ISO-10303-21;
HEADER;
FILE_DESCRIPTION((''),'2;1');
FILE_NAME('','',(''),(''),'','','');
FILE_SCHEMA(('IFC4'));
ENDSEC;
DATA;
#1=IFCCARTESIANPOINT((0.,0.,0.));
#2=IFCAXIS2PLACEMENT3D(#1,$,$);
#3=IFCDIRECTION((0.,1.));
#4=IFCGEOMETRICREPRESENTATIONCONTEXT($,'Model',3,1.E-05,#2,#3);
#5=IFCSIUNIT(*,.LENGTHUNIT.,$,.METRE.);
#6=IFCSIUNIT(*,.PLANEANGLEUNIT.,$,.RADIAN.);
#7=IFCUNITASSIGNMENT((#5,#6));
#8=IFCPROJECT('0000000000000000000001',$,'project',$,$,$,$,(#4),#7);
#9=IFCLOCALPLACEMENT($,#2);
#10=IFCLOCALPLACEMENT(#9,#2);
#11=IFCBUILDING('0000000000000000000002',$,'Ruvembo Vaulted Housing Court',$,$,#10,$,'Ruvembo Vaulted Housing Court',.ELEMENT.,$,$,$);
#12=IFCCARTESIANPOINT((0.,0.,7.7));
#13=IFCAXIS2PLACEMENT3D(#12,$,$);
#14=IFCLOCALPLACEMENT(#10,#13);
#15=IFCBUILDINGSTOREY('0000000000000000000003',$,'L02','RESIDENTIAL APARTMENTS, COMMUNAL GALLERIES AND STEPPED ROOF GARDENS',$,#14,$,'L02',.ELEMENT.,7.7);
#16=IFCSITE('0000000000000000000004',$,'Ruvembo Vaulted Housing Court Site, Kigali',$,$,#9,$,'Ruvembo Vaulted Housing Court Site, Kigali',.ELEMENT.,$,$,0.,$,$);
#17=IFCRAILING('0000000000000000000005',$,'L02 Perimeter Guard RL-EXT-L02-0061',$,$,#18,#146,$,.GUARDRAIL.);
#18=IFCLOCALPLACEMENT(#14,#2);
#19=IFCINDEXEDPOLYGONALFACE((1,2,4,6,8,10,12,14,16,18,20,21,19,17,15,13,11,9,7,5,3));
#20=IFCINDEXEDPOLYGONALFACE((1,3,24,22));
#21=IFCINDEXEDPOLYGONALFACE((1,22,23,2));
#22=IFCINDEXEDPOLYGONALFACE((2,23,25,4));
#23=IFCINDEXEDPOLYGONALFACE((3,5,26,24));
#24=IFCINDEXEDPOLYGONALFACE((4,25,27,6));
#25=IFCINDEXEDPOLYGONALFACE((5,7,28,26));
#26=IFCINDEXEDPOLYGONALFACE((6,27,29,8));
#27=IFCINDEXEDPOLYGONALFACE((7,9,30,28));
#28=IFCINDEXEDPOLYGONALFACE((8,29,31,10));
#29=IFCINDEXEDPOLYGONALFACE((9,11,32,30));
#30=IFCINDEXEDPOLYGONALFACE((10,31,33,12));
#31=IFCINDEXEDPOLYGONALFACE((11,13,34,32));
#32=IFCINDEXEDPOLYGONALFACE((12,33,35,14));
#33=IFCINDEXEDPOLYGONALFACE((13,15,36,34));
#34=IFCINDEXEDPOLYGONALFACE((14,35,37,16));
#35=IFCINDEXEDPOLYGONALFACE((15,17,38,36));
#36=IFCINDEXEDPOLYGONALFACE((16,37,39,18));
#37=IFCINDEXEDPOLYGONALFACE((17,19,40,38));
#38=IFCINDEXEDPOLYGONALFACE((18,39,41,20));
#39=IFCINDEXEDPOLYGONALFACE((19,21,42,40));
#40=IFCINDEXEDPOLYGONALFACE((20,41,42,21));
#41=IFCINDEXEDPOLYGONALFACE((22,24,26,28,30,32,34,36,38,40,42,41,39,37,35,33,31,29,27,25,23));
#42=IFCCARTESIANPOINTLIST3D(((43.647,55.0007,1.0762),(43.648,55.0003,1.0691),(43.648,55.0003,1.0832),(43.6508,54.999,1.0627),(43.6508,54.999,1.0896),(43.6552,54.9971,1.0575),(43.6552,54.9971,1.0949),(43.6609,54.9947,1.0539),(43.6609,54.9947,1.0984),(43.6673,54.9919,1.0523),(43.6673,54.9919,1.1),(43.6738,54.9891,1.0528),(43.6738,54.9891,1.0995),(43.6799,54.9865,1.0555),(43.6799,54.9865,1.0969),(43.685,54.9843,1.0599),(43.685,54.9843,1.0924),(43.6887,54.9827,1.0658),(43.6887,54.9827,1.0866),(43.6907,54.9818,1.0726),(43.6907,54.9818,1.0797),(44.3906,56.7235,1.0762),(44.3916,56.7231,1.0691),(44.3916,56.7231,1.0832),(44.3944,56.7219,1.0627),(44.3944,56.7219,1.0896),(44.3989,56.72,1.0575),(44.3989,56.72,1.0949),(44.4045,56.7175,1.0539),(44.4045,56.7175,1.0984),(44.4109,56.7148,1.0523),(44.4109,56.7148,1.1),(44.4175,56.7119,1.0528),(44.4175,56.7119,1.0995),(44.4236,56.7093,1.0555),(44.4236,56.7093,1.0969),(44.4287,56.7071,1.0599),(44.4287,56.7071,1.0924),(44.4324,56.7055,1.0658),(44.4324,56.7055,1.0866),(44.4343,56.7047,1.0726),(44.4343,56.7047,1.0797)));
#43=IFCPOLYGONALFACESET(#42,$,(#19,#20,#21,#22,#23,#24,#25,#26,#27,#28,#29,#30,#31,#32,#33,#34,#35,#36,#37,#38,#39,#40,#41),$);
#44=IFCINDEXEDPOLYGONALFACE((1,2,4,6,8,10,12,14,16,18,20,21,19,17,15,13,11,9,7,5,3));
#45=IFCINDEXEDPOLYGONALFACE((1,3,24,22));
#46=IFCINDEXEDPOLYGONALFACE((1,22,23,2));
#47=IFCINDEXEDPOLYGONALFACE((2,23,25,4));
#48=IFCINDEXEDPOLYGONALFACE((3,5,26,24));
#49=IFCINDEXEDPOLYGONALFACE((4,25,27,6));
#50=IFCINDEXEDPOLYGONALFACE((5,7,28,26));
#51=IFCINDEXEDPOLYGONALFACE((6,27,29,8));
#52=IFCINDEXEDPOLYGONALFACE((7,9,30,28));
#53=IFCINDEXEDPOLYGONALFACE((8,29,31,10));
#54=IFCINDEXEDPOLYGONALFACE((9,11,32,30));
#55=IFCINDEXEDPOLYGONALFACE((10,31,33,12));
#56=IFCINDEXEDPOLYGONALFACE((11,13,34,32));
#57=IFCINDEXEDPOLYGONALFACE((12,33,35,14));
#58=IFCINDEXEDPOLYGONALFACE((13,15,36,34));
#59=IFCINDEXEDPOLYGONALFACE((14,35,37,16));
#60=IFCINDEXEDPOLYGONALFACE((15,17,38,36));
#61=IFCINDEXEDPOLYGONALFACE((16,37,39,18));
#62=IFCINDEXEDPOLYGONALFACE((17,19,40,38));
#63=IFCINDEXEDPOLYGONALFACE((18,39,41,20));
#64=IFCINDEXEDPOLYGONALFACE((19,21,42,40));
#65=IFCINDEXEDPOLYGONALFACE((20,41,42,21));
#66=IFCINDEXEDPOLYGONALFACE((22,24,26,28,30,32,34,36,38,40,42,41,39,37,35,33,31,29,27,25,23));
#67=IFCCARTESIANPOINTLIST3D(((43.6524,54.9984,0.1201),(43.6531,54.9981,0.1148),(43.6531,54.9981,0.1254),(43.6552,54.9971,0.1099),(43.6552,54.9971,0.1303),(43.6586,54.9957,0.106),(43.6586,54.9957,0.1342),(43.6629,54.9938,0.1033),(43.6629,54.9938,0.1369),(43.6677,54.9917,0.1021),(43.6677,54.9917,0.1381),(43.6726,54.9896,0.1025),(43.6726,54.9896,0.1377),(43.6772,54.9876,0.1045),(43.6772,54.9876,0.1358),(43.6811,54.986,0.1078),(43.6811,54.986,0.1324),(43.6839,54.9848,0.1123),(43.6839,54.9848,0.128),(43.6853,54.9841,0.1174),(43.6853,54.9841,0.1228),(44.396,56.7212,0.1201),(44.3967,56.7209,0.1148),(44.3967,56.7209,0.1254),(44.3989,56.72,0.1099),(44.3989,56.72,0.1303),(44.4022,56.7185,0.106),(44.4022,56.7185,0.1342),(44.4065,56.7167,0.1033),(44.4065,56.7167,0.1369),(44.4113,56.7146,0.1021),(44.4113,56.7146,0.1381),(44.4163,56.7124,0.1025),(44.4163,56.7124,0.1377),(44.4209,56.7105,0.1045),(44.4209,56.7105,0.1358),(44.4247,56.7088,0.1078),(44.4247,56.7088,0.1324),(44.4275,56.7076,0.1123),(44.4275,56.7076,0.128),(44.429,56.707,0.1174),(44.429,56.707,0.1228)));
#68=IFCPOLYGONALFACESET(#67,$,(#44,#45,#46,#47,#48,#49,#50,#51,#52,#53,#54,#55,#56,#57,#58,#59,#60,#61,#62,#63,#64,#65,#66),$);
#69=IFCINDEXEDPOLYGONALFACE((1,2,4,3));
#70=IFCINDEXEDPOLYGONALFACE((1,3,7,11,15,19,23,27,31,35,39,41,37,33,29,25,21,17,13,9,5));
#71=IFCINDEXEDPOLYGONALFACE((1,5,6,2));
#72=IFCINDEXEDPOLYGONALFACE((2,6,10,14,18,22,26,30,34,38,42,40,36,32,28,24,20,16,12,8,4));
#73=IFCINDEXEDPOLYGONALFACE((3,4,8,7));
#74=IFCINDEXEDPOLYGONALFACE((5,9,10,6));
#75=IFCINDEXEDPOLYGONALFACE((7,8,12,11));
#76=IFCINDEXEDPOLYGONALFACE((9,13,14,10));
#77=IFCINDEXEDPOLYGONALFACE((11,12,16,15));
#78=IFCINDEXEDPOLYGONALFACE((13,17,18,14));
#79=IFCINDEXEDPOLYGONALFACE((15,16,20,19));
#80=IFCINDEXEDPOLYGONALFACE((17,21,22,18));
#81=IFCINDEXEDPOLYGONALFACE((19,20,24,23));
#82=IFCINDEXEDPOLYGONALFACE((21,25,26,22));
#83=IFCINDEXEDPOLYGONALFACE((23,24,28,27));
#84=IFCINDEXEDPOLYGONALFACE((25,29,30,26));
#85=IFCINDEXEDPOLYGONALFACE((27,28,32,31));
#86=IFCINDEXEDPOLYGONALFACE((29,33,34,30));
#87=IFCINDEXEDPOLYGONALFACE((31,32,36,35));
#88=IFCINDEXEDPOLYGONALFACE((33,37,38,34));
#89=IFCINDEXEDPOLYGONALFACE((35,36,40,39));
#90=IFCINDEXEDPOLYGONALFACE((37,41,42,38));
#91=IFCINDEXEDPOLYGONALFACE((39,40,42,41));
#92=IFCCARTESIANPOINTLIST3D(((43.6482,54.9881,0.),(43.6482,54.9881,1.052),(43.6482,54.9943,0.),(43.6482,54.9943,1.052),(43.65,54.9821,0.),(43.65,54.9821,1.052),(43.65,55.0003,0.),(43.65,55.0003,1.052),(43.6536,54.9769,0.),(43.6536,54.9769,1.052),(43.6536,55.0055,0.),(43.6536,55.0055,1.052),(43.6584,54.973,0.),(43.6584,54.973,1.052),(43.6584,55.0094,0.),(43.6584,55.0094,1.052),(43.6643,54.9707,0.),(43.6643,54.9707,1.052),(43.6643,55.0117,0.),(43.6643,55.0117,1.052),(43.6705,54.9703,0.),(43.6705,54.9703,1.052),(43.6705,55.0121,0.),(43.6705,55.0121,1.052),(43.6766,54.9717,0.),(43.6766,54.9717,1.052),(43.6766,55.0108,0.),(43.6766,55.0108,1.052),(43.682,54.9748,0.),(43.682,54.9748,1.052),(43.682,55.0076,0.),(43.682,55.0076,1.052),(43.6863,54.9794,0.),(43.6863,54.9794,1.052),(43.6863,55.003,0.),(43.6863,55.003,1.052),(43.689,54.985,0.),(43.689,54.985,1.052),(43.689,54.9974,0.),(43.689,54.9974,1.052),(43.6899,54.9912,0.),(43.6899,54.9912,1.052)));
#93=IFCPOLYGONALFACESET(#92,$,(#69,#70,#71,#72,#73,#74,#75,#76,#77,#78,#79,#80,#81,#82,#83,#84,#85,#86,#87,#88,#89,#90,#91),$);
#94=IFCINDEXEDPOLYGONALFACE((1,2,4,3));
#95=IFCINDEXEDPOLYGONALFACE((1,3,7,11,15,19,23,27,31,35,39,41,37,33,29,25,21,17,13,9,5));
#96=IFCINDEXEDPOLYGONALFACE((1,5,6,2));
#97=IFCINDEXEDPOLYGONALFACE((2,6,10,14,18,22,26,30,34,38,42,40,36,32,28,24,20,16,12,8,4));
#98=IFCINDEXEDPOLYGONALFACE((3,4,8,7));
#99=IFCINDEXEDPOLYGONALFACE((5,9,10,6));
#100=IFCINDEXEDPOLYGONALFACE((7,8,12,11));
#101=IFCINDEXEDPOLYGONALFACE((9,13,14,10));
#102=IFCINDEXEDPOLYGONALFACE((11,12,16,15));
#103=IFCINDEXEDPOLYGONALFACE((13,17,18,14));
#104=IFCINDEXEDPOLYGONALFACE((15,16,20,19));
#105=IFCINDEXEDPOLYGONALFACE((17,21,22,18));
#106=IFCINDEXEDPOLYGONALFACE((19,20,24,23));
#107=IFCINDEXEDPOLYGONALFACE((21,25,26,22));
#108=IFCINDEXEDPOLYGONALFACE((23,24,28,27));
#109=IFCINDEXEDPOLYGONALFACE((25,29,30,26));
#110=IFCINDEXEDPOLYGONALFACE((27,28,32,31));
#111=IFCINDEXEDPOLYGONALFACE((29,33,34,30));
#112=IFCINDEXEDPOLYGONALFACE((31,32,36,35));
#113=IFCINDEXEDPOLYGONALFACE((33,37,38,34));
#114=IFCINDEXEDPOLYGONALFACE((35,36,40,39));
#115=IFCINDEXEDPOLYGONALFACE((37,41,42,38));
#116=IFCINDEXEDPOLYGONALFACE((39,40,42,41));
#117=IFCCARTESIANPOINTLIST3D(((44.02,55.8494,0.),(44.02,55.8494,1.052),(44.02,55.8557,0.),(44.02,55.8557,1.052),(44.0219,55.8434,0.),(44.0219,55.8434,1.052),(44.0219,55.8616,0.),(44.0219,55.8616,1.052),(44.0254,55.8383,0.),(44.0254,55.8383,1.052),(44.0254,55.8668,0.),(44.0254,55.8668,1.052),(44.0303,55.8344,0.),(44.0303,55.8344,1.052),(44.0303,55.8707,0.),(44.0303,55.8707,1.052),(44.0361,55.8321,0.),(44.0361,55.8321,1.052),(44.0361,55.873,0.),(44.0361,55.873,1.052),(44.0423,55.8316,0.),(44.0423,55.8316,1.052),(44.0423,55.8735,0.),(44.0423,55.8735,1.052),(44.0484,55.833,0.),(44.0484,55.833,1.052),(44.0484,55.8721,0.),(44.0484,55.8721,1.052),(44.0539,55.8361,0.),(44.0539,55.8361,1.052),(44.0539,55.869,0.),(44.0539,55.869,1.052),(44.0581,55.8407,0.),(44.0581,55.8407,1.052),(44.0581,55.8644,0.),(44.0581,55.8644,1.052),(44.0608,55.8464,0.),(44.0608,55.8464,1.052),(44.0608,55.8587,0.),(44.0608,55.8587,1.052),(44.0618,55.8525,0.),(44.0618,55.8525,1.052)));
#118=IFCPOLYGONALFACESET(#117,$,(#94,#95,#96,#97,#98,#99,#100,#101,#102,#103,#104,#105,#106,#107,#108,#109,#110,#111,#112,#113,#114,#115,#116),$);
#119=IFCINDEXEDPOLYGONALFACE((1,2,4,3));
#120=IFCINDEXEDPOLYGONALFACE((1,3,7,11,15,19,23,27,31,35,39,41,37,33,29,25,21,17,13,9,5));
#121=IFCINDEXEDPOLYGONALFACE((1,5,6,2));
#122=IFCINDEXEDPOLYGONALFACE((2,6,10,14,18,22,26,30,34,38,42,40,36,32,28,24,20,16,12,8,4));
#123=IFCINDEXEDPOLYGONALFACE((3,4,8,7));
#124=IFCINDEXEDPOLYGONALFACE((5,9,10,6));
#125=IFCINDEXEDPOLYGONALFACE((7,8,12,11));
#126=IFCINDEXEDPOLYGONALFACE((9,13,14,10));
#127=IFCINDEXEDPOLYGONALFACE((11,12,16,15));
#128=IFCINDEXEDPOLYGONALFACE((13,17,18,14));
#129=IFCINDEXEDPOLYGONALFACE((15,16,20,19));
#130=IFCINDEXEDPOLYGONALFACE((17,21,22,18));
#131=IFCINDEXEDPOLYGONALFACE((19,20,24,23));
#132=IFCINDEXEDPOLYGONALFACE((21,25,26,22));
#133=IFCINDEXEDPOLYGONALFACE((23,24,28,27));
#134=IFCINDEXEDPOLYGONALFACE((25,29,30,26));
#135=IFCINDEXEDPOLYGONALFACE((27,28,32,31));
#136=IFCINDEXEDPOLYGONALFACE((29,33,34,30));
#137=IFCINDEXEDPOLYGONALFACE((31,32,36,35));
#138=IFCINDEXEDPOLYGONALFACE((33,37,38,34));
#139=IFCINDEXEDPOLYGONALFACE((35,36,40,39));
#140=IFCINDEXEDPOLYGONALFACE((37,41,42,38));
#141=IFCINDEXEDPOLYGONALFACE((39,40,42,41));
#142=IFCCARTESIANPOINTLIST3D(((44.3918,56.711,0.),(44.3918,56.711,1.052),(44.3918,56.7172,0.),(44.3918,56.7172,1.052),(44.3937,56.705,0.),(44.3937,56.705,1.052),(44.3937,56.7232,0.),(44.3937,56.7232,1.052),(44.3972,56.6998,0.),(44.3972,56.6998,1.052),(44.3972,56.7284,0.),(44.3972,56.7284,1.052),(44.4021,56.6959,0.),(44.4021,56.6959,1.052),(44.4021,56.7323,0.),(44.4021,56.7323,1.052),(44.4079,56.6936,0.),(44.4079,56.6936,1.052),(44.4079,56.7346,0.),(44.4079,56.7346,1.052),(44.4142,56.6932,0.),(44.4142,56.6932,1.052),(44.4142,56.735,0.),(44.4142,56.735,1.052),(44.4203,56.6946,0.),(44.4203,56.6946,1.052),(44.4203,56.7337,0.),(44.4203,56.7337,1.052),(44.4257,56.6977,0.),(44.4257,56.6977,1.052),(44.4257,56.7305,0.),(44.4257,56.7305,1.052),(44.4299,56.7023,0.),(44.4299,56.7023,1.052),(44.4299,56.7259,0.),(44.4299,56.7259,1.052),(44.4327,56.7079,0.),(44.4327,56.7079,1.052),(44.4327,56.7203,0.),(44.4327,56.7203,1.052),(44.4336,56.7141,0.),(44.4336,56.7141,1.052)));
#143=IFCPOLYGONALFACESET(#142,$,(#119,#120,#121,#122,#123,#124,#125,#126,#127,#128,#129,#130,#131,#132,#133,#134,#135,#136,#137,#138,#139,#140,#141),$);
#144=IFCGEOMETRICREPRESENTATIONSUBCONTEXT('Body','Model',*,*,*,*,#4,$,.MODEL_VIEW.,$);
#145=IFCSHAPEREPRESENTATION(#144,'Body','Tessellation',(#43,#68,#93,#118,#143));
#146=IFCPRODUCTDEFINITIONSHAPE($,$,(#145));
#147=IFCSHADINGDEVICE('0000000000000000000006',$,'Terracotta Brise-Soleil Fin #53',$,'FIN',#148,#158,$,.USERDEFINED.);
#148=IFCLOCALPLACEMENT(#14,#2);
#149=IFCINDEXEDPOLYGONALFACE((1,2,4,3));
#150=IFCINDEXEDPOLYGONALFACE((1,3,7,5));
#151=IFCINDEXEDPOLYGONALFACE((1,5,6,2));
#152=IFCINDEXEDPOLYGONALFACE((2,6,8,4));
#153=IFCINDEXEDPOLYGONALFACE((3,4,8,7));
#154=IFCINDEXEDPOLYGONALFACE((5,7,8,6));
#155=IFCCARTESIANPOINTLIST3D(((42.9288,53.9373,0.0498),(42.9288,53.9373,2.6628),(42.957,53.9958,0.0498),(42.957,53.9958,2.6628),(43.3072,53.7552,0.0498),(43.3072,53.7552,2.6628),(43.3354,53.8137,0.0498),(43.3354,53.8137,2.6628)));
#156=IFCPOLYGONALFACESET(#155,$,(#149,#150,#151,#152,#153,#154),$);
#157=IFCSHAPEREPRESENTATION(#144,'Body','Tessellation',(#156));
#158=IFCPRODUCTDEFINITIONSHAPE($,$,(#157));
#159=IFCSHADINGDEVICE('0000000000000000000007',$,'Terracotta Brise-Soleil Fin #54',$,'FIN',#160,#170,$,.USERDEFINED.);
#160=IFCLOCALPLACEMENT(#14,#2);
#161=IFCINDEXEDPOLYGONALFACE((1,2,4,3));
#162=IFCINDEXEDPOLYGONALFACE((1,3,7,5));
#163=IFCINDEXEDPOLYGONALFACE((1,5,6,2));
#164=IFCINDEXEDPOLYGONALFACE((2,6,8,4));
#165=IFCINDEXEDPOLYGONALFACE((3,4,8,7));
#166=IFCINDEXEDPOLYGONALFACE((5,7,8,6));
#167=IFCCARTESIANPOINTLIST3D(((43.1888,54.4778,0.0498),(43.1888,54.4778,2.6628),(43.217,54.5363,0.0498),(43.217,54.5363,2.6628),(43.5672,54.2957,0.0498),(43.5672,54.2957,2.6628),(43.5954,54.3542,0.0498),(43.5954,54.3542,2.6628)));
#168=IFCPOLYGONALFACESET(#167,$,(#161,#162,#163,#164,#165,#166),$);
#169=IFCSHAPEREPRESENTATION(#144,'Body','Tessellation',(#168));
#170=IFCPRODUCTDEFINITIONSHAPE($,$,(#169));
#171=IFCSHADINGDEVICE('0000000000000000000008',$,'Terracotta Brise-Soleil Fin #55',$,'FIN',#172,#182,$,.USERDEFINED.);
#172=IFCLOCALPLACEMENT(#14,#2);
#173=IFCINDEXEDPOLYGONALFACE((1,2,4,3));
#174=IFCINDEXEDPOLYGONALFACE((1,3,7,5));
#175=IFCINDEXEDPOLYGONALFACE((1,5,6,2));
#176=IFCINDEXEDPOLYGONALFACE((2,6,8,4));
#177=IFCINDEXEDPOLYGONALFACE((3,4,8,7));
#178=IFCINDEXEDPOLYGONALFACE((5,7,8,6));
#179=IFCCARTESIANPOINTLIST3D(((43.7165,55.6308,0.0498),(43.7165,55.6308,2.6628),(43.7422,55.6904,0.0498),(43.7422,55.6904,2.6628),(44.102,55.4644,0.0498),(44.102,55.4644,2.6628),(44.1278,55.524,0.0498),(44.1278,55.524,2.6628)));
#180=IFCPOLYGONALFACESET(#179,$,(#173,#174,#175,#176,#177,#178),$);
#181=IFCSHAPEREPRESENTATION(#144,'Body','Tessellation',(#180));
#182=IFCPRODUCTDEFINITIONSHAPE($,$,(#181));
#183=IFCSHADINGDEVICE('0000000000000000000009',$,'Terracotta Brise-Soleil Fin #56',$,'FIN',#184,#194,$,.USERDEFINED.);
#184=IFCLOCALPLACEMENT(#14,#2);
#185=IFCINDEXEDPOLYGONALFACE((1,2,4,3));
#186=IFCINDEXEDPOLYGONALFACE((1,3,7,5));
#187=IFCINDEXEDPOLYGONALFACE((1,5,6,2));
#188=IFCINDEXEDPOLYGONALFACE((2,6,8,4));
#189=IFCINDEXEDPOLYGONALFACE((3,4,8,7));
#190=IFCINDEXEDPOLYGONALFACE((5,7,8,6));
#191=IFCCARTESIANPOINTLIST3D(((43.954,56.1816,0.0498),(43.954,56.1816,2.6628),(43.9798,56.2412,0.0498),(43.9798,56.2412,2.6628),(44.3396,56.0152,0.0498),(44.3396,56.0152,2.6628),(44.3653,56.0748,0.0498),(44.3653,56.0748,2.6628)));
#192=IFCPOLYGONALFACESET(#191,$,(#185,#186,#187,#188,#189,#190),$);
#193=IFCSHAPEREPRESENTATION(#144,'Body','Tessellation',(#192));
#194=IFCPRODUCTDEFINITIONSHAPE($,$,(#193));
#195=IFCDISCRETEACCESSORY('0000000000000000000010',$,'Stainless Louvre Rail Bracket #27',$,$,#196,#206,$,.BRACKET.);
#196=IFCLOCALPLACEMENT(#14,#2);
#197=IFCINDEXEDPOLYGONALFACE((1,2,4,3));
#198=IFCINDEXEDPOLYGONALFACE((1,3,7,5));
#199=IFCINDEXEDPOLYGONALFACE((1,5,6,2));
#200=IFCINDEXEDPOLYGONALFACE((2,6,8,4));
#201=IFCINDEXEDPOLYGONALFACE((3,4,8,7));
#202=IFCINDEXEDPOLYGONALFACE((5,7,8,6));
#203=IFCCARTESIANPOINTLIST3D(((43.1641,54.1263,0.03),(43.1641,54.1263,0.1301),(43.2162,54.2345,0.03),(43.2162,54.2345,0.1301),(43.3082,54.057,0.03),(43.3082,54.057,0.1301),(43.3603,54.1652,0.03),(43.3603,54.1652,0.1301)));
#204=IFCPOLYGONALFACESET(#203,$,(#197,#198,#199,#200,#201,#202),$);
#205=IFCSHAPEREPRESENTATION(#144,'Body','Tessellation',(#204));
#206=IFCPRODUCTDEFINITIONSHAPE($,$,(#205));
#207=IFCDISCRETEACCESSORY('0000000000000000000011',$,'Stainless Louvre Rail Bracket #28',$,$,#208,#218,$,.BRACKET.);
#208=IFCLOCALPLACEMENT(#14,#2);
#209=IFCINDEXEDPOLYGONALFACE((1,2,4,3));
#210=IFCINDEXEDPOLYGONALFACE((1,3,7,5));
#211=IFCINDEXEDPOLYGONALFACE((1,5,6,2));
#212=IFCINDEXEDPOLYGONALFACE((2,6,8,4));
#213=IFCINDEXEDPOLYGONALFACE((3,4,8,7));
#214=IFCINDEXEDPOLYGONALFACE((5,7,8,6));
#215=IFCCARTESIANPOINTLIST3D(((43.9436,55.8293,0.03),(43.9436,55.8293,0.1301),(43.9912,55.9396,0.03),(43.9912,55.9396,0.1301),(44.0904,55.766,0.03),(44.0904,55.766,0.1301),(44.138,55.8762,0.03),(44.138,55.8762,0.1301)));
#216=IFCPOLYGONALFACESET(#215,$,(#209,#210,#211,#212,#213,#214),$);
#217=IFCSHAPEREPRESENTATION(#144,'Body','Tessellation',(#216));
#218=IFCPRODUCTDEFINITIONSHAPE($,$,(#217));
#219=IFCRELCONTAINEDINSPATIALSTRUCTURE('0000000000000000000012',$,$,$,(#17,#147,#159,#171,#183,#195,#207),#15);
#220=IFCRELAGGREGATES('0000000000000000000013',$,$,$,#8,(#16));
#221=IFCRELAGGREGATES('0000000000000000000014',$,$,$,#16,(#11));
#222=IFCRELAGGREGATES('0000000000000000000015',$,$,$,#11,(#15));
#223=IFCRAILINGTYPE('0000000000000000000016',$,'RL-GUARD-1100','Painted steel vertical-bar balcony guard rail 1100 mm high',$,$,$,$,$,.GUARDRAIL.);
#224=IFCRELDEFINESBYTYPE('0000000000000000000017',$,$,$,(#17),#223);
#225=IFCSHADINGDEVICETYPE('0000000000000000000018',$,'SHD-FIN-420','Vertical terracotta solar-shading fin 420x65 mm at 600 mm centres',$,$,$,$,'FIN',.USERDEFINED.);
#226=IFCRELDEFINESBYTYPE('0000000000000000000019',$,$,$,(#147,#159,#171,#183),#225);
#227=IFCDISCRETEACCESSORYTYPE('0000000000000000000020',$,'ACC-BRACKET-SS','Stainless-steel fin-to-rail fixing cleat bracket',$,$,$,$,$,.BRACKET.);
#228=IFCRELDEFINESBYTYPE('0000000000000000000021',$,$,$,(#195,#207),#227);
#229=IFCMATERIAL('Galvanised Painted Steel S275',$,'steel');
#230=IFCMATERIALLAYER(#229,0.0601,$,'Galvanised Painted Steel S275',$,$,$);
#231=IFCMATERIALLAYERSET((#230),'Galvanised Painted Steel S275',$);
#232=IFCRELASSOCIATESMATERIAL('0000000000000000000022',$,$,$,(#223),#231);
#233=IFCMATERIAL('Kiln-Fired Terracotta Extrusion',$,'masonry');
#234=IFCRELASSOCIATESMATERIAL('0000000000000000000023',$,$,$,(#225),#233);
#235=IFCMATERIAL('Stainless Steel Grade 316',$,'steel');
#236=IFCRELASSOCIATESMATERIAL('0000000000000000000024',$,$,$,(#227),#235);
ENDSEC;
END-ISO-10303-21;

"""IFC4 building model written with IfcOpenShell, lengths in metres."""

from ifc_helpers import new_model, si_unit, direction, frame, origin, origin_2d, place, context, subcontext, project, spatial, rectangle, circle, extrude, material, layer, layer_set, type_object, element, save


model = new_model("IFC4")

# Units and contexts
model_context = context("Model", 3, precision=1e-05, world=origin(), true_north=direction((0.0, 1.0)))
body_context = subcontext(model_context, "Body", "Model", "MODEL_VIEW")
ifc_project = project(units=[si_unit("LENGTHUNIT", "METRE"), si_unit("PLANEANGLEUNIT", "RADIAN")], contexts=[model_context])

# Site, building, storey
site_placement = place(None, origin())
site = spatial("IfcSite", under=ifc_project, at=site_placement, Name="Ruvembo Vaulted Housing Court Site, Kigali", LongName="Ruvembo Vaulted Housing Court Site, Kigali", CompositionType="ELEMENT", RefElevation=0.0)
building_placement = place(site_placement, origin())
building = spatial("IfcBuilding", under=site, at=building_placement, Name="Ruvembo Vaulted Housing Court", LongName="Ruvembo Vaulted Housing Court", CompositionType="ELEMENT")
storey_placement = place(building_placement, frame((0.0, 0.0, 7.7)))
storey = spatial("IfcBuildingStorey", under=building, at=storey_placement, Name="L02", Description="RESIDENTIAL APARTMENTS, COMMUNAL GALLERIES AND STEPPED ROOF GARDENS", LongName="L02", CompositionType="ELEMENT", Elevation=7.7)

# Railing
ifc_material_1 = material(Name="Galvanised Painted Steel S275", Category="steel")
ifc_layer_1 = layer(ifc_material_1, 0.0601, Name="Galvanised Painted Steel S275")
ifc_layer_set_1 = layer_set([ifc_layer_1], Name="Galvanised Painted Steel S275")
railing_type = type_object("IfcRailingType", Name="RL-GUARD-1100", Description="Painted steel vertical-bar balcony guard rail 1100 mm high", PredefinedType="GUARDRAIL", material=ifc_layer_set_1)
railing_1_placement = place(storey_placement, frame((43.6689, 54.9912, 0.0)))
element("IfcRailing", 1, at=railing_1_placement, inside=storey, type_object=railing_type, Name="L02 Perimeter Guard RL-EXT-L02-0061", PredefinedType="GUARDRAIL", context=body_context, shape_type="SweptSolid", body=[
    extrude(circle(Radius=0.0239, at=origin_2d()), frame((0.0, 0.0, 1.0762), z_axis=(0.396289, 0.918126, 0.0), x_axis=(-0.918126, 0.396289, 0.0)), (0.0, 0.0, 1.0), 1.8765),
    extrude(circle(Radius=0.0181, at=origin_2d()), frame((0.0, 0.0, 0.1201), z_axis=(0.396289, 0.918126, 0.0), x_axis=(-0.918126, 0.396289, 0.0)), (0.0, 0.0, 1.0), 1.8765),
    extrude(circle(Radius=0.021, at=origin_2d()), origin(), (0.0, 0.0, 1.0), 1.052),
    extrude(circle(Radius=0.021, at=origin_2d()), frame((0.3718, 0.8613, 0.0)), (0.0, 0.0, 1.0), 1.052),
    extrude(circle(Radius=0.021, at=origin_2d()), frame((0.7437, 1.7229, 0.0)), (0.0, 0.0, 1.0), 1.052),
])

# Shading devices
ifc_material_2 = material(Name="Kiln-Fired Terracotta Extrusion", Category="masonry")
shading_device_type = type_object("IfcShadingDeviceType", Name="SHD-FIN-420", Description="Vertical terracotta solar-shading fin 420x65 mm at 600 mm centres", ElementType="FIN", PredefinedType="USERDEFINED", material=ifc_material_2)
for number, where, z_axis, x_axis, name in (
    (2, (43.1321, 53.8755, 0.0498), (0.0, 0.0, 1.0), (0.9011, -0.433612, 0.0), "Terracotta Brise-Soleil Fin #53"),
    (3, (43.3921, 54.416, 0.0498), (0.0, 0.0, 1.0), (0.9011, -0.433612, 0.0), "Terracotta Brise-Soleil Fin #54"),
    (4, (43.9221, 55.5774, 0.0498), (0.0, 0.0, 1.0), (0.918122, -0.396299, 0.0), "Terracotta Brise-Soleil Fin #55"),
    (5, (44.1597, 56.1282, 0.0498), (0.0, 0.0, 1.0), (0.918122, -0.396299, 0.0), "Terracotta Brise-Soleil Fin #56"),
):
    element("IfcShadingDevice", number, at=place(storey_placement, frame(where, z_axis=z_axis, x_axis=x_axis)), inside=storey, type_object=shading_device_type, Name=name, ObjectType="FIN", PredefinedType="USERDEFINED", context=body_context, shape_type="SweptSolid", body=[
        extrude(rectangle(XDim=0.4199, YDim=0.0649, at=origin_2d()), origin(), (0.0, 0.0, 1.0), 2.613),
    ])

# Discrete accessories
ifc_material_3 = material(Name="Stainless Steel Grade 316", Category="steel")
discrete_accessory_type = type_object("IfcDiscreteAccessoryType", Name="ACC-BRACKET-SS", Description="Stainless-steel fin-to-rail fixing cleat bracket", PredefinedType="BRACKET", material=ifc_material_3)
for number, where, z_axis, x_axis, name in (
    (6, (43.2622, 54.1458, 0.03), (0.0, 0.0, 1.0), (0.9011, -0.433612, 0.0), "Stainless Louvre Rail Bracket #27"),
    (7, (44.0408, 55.8528, 0.03), (0.0, 0.0, 1.0), (0.918122, -0.396299, 0.0), "Stainless Louvre Rail Bracket #28"),
):
    element("IfcDiscreteAccessory", number, at=place(storey_placement, frame(where, z_axis=z_axis, x_axis=x_axis)), inside=storey, type_object=discrete_accessory_type, Name=name, PredefinedType="BRACKET", context=body_context, shape_type="SweptSolid", body=[
        extrude(rectangle(XDim=0.1599, YDim=0.1201, at=origin_2d()), origin(), (0.0, 0.0, 1.0), 0.1001),
    ])

save(model, "model.ifc")
